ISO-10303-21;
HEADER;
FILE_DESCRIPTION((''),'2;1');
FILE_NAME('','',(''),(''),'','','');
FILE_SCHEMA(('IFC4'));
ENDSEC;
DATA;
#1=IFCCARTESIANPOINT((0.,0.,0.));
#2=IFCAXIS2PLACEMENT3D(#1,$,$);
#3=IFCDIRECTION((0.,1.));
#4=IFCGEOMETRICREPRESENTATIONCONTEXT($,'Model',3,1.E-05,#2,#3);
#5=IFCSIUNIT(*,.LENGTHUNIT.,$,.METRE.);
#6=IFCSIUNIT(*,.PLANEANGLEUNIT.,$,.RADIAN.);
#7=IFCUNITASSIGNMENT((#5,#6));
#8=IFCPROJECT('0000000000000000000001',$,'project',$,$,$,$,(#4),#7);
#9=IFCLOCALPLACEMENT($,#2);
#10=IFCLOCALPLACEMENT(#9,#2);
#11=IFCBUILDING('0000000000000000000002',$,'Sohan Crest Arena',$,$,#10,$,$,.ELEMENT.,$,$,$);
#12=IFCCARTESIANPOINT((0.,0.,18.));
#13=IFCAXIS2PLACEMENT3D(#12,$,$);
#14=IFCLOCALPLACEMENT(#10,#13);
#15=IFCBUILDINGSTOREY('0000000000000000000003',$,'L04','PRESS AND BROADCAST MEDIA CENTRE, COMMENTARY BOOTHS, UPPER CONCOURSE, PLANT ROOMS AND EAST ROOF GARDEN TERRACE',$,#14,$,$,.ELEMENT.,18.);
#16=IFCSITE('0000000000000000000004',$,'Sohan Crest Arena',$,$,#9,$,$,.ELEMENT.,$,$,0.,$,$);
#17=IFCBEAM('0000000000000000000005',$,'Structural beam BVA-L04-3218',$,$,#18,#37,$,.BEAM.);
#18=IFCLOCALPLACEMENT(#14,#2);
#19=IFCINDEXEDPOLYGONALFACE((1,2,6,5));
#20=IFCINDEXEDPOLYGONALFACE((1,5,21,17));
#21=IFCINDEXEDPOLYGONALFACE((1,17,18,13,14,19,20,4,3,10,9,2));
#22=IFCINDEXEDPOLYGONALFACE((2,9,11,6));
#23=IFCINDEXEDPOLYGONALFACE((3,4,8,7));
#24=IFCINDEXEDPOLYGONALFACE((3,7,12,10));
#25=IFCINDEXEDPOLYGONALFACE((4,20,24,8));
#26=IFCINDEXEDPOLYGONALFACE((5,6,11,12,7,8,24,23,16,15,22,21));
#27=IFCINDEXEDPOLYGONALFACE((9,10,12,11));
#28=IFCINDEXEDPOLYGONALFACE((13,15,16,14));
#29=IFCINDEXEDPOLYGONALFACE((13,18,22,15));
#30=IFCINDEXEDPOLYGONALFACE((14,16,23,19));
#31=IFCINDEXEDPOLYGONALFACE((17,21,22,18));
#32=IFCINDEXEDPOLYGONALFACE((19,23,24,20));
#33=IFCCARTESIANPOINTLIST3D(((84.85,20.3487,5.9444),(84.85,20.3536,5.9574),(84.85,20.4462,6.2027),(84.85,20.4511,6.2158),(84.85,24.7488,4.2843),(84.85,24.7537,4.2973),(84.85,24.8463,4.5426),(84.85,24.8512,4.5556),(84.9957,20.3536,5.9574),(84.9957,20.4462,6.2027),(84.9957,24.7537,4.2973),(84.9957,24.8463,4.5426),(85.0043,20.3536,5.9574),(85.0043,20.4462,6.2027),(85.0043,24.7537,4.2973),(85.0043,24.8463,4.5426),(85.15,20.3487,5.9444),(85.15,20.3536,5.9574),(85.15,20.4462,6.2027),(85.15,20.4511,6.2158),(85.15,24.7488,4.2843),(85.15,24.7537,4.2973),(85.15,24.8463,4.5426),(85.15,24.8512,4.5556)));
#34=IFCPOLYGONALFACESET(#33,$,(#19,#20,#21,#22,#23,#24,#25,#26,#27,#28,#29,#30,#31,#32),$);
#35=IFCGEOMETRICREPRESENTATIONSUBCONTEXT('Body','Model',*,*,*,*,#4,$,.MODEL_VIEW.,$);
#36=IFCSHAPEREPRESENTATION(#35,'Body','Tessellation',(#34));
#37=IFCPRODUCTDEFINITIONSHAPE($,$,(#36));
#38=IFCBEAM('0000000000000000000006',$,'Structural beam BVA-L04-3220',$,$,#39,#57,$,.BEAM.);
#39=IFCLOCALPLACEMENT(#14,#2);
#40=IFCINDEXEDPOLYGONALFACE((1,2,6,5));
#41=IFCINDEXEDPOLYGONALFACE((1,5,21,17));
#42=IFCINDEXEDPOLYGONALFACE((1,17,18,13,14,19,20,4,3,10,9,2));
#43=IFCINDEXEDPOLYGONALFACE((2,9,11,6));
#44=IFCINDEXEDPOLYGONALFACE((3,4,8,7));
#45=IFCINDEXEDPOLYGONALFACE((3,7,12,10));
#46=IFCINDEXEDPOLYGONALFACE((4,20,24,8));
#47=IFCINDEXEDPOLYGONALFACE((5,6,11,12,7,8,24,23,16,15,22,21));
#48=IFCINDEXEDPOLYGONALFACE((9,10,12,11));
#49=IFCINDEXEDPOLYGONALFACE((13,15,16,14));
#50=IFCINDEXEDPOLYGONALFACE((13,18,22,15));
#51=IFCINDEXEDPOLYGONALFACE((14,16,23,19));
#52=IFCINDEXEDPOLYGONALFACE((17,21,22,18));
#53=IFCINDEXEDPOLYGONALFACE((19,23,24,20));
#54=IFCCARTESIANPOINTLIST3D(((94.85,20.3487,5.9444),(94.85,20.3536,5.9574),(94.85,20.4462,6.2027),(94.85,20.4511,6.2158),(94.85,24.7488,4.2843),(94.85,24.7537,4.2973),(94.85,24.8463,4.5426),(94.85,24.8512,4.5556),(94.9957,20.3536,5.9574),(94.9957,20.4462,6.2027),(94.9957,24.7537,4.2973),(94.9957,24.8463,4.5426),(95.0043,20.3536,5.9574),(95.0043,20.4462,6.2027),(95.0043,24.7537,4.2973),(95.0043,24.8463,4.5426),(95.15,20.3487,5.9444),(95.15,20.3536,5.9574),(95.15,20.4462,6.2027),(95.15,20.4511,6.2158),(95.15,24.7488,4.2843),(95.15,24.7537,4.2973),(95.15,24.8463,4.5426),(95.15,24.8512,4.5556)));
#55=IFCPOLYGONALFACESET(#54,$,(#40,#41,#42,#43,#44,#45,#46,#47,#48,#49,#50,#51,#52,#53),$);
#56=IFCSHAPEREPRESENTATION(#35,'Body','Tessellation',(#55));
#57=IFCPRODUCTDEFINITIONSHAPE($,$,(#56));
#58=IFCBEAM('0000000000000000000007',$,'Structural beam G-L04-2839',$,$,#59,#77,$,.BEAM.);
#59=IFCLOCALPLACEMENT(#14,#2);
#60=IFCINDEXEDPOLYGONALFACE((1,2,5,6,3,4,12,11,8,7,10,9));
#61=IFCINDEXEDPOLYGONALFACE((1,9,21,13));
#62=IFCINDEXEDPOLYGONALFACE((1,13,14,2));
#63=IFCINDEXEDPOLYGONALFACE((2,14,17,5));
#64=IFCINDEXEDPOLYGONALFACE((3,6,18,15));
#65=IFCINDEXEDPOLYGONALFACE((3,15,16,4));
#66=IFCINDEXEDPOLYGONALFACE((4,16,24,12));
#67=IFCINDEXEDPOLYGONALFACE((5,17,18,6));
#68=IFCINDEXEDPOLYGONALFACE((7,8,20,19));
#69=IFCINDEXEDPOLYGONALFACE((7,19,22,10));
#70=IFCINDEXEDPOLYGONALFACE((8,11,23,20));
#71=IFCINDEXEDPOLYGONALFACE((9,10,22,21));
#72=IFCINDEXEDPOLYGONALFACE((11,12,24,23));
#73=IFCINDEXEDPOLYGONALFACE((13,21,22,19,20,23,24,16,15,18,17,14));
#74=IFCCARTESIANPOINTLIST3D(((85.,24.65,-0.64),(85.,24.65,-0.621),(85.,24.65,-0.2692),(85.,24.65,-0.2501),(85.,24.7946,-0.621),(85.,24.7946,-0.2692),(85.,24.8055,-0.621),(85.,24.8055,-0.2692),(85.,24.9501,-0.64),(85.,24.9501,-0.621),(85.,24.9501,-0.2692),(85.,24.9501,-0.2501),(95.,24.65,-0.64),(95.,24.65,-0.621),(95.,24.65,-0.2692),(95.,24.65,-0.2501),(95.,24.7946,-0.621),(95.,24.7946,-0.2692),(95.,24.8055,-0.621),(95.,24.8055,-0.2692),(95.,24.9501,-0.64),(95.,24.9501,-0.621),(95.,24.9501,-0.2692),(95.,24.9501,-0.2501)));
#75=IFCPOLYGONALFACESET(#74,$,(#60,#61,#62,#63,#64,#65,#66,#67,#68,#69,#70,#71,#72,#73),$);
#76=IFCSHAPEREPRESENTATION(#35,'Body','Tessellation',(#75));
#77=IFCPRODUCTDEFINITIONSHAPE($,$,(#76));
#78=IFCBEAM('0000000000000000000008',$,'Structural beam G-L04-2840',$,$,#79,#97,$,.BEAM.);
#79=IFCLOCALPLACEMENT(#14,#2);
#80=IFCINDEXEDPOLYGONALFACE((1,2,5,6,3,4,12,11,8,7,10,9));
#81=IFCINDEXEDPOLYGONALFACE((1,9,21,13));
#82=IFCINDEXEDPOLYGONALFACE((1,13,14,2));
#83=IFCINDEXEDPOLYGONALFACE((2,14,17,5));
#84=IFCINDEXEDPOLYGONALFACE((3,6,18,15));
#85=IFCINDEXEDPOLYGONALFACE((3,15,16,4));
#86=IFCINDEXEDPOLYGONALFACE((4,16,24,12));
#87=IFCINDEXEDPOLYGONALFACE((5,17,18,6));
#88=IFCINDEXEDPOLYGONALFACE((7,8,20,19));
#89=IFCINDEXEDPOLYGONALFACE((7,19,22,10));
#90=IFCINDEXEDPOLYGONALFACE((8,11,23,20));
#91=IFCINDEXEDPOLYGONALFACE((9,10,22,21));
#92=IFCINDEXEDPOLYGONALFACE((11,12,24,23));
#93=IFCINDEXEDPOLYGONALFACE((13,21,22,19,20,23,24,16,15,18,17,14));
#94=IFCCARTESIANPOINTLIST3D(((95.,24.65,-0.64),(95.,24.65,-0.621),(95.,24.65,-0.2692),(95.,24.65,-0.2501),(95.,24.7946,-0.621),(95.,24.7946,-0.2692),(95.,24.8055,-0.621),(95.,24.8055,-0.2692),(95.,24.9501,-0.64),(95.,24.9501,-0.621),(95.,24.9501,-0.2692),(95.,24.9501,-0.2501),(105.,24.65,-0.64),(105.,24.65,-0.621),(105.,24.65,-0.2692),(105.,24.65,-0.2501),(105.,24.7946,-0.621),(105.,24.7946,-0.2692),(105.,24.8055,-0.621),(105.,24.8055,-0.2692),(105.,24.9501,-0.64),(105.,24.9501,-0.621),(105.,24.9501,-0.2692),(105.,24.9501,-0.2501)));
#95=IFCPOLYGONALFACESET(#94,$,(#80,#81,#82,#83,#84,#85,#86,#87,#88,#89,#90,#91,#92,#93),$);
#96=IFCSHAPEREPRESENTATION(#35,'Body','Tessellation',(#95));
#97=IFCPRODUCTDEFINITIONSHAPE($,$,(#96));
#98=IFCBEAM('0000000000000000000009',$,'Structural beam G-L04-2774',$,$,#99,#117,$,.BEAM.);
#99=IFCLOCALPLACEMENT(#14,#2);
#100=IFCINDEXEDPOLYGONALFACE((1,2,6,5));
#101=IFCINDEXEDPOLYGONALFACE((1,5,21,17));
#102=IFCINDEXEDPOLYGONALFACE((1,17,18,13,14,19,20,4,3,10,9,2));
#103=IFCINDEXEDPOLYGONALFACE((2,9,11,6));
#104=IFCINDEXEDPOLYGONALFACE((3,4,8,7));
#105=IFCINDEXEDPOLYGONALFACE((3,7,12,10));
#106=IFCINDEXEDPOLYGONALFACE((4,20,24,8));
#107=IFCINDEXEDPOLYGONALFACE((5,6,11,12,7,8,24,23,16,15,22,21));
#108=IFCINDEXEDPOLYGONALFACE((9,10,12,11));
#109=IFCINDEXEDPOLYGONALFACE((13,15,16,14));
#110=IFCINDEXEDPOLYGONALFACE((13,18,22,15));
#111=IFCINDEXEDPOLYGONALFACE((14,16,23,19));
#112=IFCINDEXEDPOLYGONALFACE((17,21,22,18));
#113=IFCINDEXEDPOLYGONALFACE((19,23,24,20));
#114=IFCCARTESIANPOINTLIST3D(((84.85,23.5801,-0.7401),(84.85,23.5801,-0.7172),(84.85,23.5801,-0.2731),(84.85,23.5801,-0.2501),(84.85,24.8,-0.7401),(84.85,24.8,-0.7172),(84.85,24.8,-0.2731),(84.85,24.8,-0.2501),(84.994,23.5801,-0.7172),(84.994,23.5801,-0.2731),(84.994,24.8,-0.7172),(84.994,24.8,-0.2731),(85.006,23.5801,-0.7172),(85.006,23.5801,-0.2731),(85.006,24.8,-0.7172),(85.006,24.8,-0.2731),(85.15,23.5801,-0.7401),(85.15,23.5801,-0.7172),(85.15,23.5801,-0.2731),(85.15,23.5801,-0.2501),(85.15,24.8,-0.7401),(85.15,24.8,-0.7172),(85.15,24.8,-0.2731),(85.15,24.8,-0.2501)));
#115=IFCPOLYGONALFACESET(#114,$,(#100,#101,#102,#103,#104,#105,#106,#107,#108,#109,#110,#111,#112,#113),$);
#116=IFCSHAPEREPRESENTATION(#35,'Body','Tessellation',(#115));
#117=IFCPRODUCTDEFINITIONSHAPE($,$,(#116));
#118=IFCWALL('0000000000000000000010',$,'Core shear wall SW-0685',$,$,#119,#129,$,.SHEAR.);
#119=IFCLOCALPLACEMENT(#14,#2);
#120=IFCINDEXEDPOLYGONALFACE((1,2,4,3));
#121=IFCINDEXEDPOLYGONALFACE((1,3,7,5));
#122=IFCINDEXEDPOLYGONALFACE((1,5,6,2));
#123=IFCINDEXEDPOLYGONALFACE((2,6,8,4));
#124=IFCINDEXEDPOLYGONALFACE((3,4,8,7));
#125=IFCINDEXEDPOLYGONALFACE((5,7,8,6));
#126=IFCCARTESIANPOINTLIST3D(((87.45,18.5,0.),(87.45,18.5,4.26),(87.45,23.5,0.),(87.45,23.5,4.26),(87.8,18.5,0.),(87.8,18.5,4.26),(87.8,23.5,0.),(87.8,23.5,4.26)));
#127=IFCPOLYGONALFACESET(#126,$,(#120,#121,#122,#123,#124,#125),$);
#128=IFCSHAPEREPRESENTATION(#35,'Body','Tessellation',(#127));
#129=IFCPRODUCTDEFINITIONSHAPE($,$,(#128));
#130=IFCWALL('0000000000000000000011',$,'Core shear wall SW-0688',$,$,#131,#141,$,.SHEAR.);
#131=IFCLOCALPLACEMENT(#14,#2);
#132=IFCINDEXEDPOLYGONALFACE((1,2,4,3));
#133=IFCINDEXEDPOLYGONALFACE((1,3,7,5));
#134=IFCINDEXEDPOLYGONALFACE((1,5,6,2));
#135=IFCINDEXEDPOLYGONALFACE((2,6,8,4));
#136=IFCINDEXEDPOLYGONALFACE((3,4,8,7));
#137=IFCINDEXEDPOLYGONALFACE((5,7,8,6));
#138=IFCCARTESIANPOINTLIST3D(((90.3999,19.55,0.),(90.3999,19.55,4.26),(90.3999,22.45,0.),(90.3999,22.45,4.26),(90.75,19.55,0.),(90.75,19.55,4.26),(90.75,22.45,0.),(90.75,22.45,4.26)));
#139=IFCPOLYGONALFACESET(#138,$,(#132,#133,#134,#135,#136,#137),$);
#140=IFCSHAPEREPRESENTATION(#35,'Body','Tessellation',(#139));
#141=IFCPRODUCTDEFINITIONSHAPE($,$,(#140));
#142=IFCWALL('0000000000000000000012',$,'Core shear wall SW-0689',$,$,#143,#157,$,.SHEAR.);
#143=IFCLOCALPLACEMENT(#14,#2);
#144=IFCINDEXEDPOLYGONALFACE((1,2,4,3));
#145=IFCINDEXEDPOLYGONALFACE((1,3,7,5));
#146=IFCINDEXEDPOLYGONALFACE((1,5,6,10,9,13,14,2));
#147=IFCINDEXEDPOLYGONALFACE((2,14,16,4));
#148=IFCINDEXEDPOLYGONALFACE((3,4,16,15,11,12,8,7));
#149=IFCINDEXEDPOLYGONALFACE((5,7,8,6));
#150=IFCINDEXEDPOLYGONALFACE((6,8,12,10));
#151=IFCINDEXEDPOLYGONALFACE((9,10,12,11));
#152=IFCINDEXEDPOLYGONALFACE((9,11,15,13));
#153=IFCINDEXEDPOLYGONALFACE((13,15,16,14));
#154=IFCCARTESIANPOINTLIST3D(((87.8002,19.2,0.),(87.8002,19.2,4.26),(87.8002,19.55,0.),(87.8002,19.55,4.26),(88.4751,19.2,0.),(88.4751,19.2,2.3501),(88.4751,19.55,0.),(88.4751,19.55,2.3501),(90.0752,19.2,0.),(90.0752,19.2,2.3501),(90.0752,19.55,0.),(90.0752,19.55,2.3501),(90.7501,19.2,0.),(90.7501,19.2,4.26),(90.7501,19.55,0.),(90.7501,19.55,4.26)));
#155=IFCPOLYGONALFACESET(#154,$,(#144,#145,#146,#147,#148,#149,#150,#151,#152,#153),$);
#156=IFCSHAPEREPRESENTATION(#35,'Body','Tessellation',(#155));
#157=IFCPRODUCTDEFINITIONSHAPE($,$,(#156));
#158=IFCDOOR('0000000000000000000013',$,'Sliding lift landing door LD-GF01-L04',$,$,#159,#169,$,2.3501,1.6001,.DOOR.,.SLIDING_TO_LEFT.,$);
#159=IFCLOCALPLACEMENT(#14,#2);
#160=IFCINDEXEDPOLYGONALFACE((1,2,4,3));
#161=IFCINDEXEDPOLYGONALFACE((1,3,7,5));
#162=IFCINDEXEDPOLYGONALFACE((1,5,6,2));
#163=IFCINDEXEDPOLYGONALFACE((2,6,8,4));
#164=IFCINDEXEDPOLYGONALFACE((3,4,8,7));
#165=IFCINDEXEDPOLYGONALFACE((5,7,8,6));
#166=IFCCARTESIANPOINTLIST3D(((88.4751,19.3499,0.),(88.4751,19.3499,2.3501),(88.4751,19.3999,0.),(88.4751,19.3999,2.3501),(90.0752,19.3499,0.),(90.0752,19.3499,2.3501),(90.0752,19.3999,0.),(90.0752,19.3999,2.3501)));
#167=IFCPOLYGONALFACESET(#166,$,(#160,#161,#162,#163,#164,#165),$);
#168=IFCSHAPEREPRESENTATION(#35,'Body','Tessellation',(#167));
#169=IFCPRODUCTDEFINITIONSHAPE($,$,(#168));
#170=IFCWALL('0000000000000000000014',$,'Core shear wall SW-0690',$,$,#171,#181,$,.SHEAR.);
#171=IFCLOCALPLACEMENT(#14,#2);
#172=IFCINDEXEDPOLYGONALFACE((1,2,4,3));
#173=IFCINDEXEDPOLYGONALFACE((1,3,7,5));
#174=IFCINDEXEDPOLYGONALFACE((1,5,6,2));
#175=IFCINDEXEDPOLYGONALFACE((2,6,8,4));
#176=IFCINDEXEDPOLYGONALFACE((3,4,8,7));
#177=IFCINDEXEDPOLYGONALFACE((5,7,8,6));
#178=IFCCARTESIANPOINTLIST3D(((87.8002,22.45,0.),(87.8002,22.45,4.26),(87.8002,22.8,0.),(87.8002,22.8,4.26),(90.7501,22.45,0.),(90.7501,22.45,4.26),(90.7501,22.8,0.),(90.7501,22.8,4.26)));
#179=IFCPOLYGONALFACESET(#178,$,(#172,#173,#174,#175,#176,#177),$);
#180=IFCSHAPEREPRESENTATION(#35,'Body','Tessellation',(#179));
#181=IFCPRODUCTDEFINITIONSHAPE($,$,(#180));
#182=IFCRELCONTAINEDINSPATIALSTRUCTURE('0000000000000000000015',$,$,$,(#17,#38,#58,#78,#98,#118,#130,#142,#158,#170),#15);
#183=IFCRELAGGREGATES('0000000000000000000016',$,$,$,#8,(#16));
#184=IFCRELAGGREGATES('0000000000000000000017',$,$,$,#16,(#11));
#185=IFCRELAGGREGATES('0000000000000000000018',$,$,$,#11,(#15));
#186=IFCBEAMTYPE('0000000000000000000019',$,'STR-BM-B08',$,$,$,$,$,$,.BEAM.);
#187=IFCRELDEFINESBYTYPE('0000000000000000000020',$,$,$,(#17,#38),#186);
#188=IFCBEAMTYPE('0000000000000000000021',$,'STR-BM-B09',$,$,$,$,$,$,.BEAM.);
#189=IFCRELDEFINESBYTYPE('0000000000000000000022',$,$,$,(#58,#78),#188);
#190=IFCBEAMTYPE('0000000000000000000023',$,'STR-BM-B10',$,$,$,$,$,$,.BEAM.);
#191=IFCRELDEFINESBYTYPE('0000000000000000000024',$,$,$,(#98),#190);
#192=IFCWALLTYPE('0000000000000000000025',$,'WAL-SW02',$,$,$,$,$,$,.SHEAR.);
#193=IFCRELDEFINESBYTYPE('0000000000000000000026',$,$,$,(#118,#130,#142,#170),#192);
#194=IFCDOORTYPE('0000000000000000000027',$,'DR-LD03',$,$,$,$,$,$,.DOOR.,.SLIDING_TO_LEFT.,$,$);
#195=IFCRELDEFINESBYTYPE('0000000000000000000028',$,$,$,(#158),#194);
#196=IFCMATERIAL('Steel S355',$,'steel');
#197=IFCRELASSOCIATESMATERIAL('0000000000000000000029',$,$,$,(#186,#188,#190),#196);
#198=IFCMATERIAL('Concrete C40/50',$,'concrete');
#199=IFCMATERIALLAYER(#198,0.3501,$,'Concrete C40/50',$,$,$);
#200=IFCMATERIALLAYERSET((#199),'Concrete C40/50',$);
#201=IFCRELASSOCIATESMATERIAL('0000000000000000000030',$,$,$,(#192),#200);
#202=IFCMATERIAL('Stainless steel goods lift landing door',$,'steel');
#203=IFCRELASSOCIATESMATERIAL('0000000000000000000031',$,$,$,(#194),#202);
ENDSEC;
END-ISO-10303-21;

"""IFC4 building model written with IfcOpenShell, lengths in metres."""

from ifc_helpers import new_model, si_unit, direction, frame, frame_2d, origin, origin_2d, place, context, subcontext, project, spatial, rectangle, i_section, extrude, material, layer, layer_set, material_profile, profile_set, type_object, element, fill, save


model = new_model("IFC4")

# Units and contexts
model_context = context("Model", 3, precision=1e-05, world=origin(), true_north=direction((0.0, 1.0)))
body_context = subcontext(model_context, "Body", "Model", "MODEL_VIEW")
ifc_project = project(units=[si_unit("LENGTHUNIT", "METRE"), si_unit("PLANEANGLEUNIT", "RADIAN")], contexts=[model_context])

# Site, building, storey
site_placement = place(None, origin())
site = spatial("IfcSite", under=ifc_project, at=site_placement, Name="Sohan Crest Arena", CompositionType="ELEMENT", RefElevation=0.0)
building_placement = place(site_placement, origin())
building = spatial("IfcBuilding", under=site, at=building_placement, Name="Sohan Crest Arena", CompositionType="ELEMENT")
storey_placement = place(building_placement, frame((0.0, 0.0, 18.0)))
storey = spatial("IfcBuildingStorey", under=building, at=storey_placement, Name="L04", Description="PRESS AND BROADCAST MEDIA CENTRE, COMMENTARY BOOTHS, UPPER CONCOURSE, PLANT ROOMS AND EAST ROOF GARDEN TERRACE", CompositionType="ELEMENT", Elevation=18.0)

# Shared definitions
ifc_material_1 = material(Name="Steel S355", Category="steel")

# Beams
ifc_material_profile_1 = material_profile(ifc_material_1, i_section(OverallWidth=0.3, OverallDepth=0.29, WebThickness=0.0085, FlangeThickness=0.0139, at=origin_2d()), Name="HEA 300")
ifc_profile_set_1 = profile_set([ifc_material_profile_1], Name="Steel S355")
beam_type_1 = type_object("IfcBeamType", Name="STR-BM-B08", PredefinedType="BEAM", material=ifc_profile_set_1)
for number, where, z_axis, x_axis, name in (
    (1, (85.0, 20.3999, 6.0801), (0.0, 0.935621, -0.353006), (-1.0, 0.0, 0.0), "Structural beam BVA-L04-3218"),
    (2, (95.0, 20.3999, 6.0801), (0.0, 0.935621, -0.353006), (-1.0, 0.0, 0.0), "Structural beam BVA-L04-3220"),
):
    element("IfcBeam", number, at=place(storey_placement, frame(where, z_axis=z_axis, x_axis=x_axis)), inside=storey, type_object=beam_type_1, Name=name, PredefinedType="BEAM", context=body_context, shape_type="SweptSolid", body=[
        extrude(i_section(OverallWidth=0.3, OverallDepth=0.29, WebThickness=0.0085, FlangeThickness=0.0139, at=origin_2d()), origin(), (0.0, 0.0, 1.0), 4.7029),
    ])
ifc_material_profile_2 = material_profile(ifc_material_1, i_section(OverallWidth=0.3, OverallDepth=0.3899, WebThickness=0.011, FlangeThickness=0.019, at=origin_2d()), Name="HEA 400")
ifc_profile_set_2 = profile_set([ifc_material_profile_2], Name="Steel S355")
beam_type_2 = type_object("IfcBeamType", Name="STR-BM-B09", PredefinedType="BEAM", material=ifc_profile_set_2)
for number, where, z_axis, x_axis, name in (
    (3, (85.0, 24.8, -0.4451), (1.0, 0.0, 0.0), (0.0, 1.0, 0.0), "Structural beam G-L04-2839"),
    (4, (95.0, 24.8, -0.4451), (1.0, 0.0, 0.0), (0.0, 1.0, 0.0), "Structural beam G-L04-2840"),
):
    element("IfcBeam", number, at=place(storey_placement, frame(where, z_axis=z_axis, x_axis=x_axis)), inside=storey, type_object=beam_type_2, Name=name, PredefinedType="BEAM", context=body_context, shape_type="SweptSolid", body=[
        extrude(i_section(OverallWidth=0.3, OverallDepth=0.3899, WebThickness=0.011, FlangeThickness=0.019, at=origin_2d()), origin(), (0.0, 0.0, 1.0), 10.0),
    ])
ifc_material_profile_3 = material_profile(ifc_material_1, i_section(OverallWidth=0.3, OverallDepth=0.49, WebThickness=0.012, FlangeThickness=0.0229, at=origin_2d()), Name="HEA 500")
ifc_profile_set_3 = profile_set([ifc_material_profile_3], Name="Steel S355")
beam_type_3 = type_object("IfcBeamType", Name="STR-BM-B10", PredefinedType="BEAM", material=ifc_profile_set_3)
beam_placement = place(storey_placement, frame((85.0, 23.5801, -0.4951), z_axis=(0.0, 1.0, 0.0), x_axis=(-1.0, 0.0, 0.0)))
element("IfcBeam", 5, at=beam_placement, inside=storey, type_object=beam_type_3, Name="Structural beam G-L04-2774", PredefinedType="BEAM", context=body_context, shape_type="SweptSolid", body=[
    extrude(i_section(OverallWidth=0.3, OverallDepth=0.49, WebThickness=0.012, FlangeThickness=0.0229, at=origin_2d()), origin(), (0.0, 0.0, 1.0), 1.22),
])

# Walls
ifc_material_2 = material(Name="Concrete C40/50", Category="concrete")
ifc_layer_1 = layer(ifc_material_2, 0.3501, Name="Concrete C40/50")
ifc_layer_set_1 = layer_set([ifc_layer_1], Name="Concrete C40/50")
wall_type = type_object("IfcWallType", Name="WAL-SW02", PredefinedType="SHEAR", material=ifc_layer_set_1)
wall_1_placement = place(storey_placement, frame((87.625, 18.5, 0.0), z_axis=(0.0, 0.0, 1.0), x_axis=(0.0, 1.0, 0.0)))
element("IfcWall", 6, at=wall_1_placement, inside=storey, type_object=wall_type, Name="Core shear wall SW-0685", PredefinedType="SHEAR", context=body_context, shape_type="SweptSolid", body=[
    extrude(rectangle(XDim=5.0, YDim=0.3501, at=frame_2d((2.5, 0.0))), origin(), (0.0, 0.0, 1.0), 4.26),
])
wall_2_placement = place(storey_placement, frame((90.575, 19.55, 0.0), z_axis=(0.0, 0.0, 1.0), x_axis=(0.0, 1.0, 0.0)))
element("IfcWall", 7, at=wall_2_placement, inside=storey, type_object=wall_type, Name="Core shear wall SW-0688", PredefinedType="SHEAR", context=body_context, shape_type="SweptSolid", body=[
    extrude(rectangle(XDim=2.8999, YDim=0.3501, at=frame_2d((1.45, 0.0))), origin(), (0.0, 0.0, 1.0), 4.26),
])

# Wall, opening, door
wall_3_placement = place(storey_placement, frame((87.8, 19.375, 0.0), z_axis=(0.0, 0.0, 1.0), x_axis=(1.0, 0.0, 0.0)))
wall_3 = element("IfcWall", 8, at=wall_3_placement, inside=storey, type_object=wall_type, Name="Core shear wall SW-0689", PredefinedType="SHEAR", context=body_context, shape_type="SweptSolid", body=[
    extrude(rectangle(XDim=2.95, YDim=0.3501, at=frame_2d((1.4751, 0.0))), origin(), (0.0, 0.0, 1.0), 4.26),
])
opening_placement = place(wall_3_placement, frame((0.675, 0.0, 0.0)))
opening = element("IfcOpeningElement", 9, at=opening_placement, cuts=wall_3, PredefinedType="OPENING", context=body_context, shape_type="SweptSolid", body=[
    extrude(rectangle(XDim=1.6001, YDim=2.3501, at=frame_2d((0.8, 1.175))), frame((0.0, 0.1851, 0.0), z_axis=(0.0, -1.0, 0.0), x_axis=(1.0, 0.0, 0.0)), (0.0, 0.0, 1.0), 0.3701),
])
ifc_material_3 = material(Name="Stainless steel goods lift landing door", Category="steel")
door_type = type_object("IfcDoorType", Name="DR-LD03", OperationType="SLIDING_TO_LEFT", PredefinedType="DOOR", material=ifc_material_3)
door_placement = place(opening_placement, origin())
door = element("IfcDoor", 10, at=door_placement, inside=storey, type_object=door_type, Name="Sliding lift landing door LD-GF01-L04", OperationType="SLIDING_TO_LEFT", OverallHeight=2.3501, OverallWidth=1.6001, PredefinedType="DOOR", context=body_context, shape_type="SweptSolid", body=[
    extrude(rectangle(XDim=1.6001, YDim=2.3501, at=frame_2d((0.8, 1.175))), frame((0.0, 0.0249, 0.0), z_axis=(0.0, -1.0, 0.0), x_axis=(1.0, 0.0, 0.0)), (0.0, 0.0, 1.0), 0.05),
])
fill(opening, door)

# Wall
wall_4_placement = place(storey_placement, frame((87.8, 22.625, 0.0), z_axis=(0.0, 0.0, 1.0), x_axis=(1.0, 0.0, 0.0)))
element("IfcWall", 11, at=wall_4_placement, inside=storey, type_object=wall_type, Name="Core shear wall SW-0690", PredefinedType="SHEAR", context=body_context, shape_type="SweptSolid", body=[
    extrude(rectangle(XDim=2.95, YDim=0.3501, at=frame_2d((1.4751, 0.0))), origin(), (0.0, 0.0, 1.0), 4.26),
])

save(model, "model.ifc")
